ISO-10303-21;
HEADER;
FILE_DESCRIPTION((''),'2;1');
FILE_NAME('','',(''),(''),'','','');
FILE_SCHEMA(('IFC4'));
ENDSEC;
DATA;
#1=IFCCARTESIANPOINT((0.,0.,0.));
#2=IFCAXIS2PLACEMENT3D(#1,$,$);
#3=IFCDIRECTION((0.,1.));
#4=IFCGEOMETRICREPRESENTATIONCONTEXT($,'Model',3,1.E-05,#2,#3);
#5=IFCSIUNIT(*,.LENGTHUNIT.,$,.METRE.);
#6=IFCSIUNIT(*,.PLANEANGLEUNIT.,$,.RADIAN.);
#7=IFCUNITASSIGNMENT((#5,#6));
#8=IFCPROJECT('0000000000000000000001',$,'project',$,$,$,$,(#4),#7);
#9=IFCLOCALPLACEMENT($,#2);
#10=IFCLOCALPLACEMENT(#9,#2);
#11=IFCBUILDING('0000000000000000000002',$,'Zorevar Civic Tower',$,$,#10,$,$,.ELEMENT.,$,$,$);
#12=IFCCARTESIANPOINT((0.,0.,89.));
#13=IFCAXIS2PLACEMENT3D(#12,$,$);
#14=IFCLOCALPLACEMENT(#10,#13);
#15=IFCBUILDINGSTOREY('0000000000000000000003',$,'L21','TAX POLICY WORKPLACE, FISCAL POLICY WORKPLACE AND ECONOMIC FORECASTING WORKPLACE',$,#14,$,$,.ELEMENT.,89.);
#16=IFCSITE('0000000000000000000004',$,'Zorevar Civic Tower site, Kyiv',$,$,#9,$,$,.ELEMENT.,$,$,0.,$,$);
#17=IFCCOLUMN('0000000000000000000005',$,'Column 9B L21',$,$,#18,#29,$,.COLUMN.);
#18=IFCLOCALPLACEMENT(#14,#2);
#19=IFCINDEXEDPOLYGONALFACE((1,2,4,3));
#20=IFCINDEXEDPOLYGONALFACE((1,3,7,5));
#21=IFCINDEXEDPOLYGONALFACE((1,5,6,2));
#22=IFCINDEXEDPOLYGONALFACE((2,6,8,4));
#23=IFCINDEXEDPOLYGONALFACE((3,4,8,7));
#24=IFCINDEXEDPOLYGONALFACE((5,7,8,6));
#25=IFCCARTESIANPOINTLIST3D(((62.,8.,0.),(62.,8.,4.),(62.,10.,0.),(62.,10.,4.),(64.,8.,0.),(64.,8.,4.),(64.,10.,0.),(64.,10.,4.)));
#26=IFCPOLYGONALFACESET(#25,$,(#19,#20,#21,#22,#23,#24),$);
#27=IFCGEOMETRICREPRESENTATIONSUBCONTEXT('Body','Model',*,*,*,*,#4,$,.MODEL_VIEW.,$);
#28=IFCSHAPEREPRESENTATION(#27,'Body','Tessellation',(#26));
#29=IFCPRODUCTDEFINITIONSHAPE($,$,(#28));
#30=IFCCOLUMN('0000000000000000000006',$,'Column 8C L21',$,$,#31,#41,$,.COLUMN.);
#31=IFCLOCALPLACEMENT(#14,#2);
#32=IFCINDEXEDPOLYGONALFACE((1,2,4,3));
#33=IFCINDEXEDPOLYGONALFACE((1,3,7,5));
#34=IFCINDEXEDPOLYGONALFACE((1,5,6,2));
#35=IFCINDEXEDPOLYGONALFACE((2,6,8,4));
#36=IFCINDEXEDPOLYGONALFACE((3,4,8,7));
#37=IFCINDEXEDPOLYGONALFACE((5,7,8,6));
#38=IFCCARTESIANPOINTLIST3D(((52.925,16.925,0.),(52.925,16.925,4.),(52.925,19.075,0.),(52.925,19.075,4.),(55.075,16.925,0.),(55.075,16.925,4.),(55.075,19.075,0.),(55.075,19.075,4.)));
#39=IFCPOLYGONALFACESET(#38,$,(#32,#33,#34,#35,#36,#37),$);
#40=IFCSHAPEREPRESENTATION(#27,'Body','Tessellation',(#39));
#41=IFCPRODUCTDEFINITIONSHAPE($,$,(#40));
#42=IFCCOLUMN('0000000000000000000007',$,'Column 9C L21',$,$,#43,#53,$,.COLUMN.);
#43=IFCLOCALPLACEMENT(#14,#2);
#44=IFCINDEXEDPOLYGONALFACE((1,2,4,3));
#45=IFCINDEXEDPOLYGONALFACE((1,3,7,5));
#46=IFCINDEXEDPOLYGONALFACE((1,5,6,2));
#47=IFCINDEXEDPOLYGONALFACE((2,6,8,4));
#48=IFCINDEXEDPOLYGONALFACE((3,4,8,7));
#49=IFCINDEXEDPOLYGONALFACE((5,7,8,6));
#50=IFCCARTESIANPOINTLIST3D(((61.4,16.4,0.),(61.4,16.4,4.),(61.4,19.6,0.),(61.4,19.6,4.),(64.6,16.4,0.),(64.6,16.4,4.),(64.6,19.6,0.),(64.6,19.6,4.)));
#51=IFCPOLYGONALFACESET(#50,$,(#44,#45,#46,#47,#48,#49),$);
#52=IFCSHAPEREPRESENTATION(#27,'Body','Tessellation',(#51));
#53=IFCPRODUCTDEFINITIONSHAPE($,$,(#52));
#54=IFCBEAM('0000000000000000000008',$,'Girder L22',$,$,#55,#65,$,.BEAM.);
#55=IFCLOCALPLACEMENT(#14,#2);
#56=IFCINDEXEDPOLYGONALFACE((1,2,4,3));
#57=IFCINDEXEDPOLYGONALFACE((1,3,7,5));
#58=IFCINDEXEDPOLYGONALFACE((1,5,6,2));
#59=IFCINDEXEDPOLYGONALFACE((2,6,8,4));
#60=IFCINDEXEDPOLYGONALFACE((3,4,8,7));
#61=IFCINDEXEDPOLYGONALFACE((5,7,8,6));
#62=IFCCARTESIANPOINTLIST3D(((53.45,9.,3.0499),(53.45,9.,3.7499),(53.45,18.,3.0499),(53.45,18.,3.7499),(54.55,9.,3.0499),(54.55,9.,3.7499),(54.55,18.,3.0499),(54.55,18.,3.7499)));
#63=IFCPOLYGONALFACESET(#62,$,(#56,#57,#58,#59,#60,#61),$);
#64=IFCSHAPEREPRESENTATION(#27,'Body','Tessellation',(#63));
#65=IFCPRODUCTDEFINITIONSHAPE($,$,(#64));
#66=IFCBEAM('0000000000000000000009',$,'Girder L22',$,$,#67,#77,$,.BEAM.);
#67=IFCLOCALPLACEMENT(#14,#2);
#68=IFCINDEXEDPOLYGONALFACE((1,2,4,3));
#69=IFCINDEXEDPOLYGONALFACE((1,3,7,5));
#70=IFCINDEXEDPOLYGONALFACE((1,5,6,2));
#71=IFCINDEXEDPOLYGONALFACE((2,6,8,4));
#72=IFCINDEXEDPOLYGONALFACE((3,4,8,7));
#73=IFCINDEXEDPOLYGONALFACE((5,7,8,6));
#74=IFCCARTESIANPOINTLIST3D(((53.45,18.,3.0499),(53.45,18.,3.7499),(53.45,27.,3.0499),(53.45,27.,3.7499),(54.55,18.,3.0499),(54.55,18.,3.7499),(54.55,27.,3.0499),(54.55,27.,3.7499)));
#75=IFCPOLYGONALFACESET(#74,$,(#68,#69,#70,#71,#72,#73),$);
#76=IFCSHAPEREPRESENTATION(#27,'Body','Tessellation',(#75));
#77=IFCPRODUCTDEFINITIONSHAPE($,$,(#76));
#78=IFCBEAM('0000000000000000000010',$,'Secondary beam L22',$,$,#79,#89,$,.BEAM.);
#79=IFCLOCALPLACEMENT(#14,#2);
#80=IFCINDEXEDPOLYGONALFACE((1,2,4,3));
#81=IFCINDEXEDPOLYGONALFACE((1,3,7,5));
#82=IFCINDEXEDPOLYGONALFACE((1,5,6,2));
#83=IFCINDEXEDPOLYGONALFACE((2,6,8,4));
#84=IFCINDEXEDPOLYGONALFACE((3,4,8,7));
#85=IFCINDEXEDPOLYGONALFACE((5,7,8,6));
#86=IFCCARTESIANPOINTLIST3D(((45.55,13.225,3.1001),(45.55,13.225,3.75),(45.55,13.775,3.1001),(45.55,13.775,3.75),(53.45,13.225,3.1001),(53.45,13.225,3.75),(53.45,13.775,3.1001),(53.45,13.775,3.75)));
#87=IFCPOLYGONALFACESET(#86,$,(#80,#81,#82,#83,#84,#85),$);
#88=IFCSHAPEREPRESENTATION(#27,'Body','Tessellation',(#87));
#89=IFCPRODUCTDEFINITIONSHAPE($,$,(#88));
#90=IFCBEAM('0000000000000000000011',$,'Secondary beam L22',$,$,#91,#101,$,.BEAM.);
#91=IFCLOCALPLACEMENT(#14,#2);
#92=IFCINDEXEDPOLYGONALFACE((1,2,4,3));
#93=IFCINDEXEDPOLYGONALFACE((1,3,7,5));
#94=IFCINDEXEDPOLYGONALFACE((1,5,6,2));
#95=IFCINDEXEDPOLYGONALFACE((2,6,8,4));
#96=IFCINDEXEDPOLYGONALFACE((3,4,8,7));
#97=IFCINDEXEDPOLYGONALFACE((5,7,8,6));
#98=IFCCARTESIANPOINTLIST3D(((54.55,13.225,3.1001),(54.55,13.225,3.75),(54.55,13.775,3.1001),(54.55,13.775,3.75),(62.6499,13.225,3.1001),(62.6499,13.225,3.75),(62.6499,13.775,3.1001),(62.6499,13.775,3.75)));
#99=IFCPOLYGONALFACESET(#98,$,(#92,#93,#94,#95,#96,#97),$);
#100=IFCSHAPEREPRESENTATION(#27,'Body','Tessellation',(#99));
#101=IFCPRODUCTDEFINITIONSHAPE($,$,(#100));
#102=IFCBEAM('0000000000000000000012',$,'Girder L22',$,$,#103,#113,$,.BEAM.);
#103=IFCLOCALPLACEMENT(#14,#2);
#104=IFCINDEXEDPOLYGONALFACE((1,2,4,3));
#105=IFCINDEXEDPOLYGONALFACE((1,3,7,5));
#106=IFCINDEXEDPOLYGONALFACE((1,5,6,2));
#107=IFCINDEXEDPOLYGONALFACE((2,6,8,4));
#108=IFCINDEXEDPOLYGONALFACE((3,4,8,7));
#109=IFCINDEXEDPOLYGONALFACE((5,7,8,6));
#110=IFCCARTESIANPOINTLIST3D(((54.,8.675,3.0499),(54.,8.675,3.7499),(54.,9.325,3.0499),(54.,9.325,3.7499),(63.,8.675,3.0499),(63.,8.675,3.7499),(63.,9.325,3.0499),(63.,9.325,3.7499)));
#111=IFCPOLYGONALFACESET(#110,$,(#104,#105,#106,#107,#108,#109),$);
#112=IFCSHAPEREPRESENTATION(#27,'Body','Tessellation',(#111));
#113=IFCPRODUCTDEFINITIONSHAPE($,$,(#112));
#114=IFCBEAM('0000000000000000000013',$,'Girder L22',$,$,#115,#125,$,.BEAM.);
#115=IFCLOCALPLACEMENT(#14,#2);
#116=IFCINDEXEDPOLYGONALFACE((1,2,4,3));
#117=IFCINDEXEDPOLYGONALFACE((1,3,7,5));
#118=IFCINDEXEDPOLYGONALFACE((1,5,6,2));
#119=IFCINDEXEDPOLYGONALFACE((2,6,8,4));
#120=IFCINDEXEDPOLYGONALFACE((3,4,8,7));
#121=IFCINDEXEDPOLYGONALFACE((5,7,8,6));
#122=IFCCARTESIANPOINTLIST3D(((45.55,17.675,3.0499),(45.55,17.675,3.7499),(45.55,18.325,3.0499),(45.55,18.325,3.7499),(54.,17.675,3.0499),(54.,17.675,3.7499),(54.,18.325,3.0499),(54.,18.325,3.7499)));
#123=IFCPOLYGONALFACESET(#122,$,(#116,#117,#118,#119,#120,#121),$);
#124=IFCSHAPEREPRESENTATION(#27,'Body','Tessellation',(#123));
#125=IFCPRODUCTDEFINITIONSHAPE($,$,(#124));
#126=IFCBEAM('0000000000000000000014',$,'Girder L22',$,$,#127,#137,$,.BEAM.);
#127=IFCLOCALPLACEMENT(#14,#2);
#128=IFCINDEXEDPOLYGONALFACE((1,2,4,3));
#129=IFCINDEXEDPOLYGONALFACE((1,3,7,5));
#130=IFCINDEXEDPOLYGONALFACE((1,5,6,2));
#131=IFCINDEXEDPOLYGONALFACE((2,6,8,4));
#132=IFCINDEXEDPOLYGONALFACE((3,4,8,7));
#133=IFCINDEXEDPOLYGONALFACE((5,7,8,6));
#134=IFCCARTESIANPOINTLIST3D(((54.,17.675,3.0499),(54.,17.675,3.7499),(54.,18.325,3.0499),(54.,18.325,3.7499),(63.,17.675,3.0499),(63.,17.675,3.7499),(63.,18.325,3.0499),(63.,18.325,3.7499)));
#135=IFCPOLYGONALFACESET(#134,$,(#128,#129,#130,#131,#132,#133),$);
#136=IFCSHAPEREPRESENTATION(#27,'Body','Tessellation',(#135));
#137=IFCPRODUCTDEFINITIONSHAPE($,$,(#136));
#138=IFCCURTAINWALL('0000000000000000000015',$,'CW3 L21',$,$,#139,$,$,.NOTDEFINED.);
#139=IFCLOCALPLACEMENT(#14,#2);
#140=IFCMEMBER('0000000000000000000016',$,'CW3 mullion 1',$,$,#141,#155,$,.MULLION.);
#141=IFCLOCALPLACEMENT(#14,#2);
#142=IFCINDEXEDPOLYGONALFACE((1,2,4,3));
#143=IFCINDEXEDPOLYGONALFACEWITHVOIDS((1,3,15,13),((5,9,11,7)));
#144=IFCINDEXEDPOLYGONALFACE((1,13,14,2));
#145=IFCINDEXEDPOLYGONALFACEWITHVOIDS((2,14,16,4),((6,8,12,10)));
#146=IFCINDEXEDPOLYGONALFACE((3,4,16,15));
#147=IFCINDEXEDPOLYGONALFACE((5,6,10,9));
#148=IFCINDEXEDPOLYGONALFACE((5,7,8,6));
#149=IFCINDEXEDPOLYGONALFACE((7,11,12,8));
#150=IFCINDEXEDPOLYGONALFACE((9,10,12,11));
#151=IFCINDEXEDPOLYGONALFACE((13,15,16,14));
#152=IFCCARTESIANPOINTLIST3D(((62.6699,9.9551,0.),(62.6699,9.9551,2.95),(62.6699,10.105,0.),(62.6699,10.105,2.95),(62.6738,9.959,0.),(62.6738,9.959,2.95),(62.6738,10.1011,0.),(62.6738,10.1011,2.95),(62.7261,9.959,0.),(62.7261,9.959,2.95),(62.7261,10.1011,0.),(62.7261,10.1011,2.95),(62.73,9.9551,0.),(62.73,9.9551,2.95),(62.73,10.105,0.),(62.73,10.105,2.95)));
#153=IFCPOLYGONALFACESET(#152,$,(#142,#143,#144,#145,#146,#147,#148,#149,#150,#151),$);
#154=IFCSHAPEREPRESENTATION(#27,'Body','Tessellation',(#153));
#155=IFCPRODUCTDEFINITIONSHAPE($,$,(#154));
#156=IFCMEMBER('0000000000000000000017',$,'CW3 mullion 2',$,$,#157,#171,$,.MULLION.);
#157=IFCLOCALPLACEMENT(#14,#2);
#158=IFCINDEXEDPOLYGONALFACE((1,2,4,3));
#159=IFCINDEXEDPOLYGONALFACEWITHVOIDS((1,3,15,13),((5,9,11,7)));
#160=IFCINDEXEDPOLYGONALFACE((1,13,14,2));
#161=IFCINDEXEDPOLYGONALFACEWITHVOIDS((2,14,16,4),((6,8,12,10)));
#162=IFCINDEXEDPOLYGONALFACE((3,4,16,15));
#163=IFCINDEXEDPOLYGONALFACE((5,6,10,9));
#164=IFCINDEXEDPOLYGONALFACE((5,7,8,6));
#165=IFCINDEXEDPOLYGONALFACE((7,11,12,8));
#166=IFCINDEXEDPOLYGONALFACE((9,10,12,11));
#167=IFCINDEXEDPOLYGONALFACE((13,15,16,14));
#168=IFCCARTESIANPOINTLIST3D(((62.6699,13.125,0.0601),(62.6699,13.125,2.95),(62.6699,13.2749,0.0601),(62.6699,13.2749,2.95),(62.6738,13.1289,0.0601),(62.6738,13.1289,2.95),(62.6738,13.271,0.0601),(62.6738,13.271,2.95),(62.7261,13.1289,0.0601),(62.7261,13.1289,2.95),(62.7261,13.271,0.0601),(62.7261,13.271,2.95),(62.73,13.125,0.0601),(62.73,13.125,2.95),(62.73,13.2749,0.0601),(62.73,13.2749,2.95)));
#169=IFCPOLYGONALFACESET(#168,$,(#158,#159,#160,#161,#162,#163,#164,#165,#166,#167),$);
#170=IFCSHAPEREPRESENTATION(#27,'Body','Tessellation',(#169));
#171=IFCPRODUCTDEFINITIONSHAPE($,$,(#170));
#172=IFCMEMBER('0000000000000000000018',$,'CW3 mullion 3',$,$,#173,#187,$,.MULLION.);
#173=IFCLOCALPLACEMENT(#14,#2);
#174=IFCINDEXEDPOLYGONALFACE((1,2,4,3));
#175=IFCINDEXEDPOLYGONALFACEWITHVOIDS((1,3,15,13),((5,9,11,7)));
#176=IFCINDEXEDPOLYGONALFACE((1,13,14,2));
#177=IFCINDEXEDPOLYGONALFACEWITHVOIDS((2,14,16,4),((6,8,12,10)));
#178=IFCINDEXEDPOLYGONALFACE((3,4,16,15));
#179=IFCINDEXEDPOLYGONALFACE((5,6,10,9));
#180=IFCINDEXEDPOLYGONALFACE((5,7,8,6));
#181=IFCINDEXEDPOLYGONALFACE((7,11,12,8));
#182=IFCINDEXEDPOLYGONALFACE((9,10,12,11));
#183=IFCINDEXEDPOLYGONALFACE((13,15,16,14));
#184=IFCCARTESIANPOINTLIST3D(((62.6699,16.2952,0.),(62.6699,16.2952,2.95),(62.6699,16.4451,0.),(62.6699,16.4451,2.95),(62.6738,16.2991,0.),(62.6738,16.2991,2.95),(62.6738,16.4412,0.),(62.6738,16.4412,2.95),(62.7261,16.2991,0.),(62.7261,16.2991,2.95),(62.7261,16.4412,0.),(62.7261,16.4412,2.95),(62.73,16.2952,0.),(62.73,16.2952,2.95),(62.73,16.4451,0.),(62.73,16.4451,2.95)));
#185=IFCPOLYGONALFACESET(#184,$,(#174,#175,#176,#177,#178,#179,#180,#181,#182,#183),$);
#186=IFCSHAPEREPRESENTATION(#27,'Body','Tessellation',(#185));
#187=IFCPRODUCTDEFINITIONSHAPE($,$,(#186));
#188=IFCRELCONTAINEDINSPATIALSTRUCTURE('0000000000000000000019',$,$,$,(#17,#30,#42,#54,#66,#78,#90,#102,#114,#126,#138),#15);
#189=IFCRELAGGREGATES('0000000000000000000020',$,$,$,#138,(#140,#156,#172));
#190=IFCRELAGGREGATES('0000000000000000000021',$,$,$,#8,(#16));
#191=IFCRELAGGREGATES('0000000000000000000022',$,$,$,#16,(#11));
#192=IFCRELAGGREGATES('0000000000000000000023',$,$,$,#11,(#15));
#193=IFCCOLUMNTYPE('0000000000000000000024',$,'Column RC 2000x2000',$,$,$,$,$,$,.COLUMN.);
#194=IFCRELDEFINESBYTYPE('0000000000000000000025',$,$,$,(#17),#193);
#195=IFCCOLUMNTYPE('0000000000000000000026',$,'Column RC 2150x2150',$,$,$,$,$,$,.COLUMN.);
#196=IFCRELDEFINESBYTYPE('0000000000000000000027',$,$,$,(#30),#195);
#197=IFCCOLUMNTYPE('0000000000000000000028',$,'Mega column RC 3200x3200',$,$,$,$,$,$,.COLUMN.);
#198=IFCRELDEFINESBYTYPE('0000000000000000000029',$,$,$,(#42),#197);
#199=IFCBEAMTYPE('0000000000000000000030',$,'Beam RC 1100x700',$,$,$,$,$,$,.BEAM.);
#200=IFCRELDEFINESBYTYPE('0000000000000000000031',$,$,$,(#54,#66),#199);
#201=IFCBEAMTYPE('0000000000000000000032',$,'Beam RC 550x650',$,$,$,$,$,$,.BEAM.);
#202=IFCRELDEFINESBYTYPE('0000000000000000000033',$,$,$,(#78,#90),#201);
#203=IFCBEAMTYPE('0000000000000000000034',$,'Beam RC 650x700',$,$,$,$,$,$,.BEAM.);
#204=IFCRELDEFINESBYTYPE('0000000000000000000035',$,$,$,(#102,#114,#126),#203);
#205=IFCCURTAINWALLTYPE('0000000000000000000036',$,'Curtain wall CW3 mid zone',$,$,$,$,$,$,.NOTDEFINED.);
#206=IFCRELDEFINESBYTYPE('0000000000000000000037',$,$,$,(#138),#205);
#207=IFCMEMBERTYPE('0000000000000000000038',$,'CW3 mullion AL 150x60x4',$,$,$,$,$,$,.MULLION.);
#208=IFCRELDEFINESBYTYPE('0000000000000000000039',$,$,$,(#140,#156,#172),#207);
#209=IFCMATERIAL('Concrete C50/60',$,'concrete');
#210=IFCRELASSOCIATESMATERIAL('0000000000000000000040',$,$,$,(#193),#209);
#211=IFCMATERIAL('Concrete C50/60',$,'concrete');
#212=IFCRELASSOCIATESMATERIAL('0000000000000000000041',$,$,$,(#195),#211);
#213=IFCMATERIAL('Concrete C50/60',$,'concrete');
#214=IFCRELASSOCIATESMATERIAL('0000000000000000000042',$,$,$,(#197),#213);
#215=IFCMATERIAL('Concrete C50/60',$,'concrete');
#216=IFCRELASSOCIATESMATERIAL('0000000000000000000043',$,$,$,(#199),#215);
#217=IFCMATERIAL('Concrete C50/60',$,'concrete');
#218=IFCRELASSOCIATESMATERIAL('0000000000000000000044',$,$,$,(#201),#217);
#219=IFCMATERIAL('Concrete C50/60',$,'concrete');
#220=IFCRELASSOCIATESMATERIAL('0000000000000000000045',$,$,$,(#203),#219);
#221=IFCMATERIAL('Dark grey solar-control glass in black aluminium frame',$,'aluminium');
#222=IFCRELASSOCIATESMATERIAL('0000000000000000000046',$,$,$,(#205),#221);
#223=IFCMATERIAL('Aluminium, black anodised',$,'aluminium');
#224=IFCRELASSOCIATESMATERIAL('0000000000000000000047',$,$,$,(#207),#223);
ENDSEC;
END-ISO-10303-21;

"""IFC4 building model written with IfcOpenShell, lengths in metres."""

from ifc_helpers import new_model, si_unit, direction, frame, origin, origin_2d, place, context, subcontext, project, spatial, rectangle, hollow_rectangle, extrude, material, material_profile, profile_set, type_object, element, aggregate, save


model = new_model("IFC4")

# Units and contexts
model_context = context("Model", 3, precision=1e-05, world=origin(), true_north=direction((0.0, 1.0)))
body_context = subcontext(model_context, "Body", "Model", "MODEL_VIEW")
ifc_project = project(units=[si_unit("LENGTHUNIT", "METRE"), si_unit("PLANEANGLEUNIT", "RADIAN")], contexts=[model_context])

# Site, building, storey
site_placement = place(None, origin())
site = spatial("IfcSite", under=ifc_project, at=site_placement, Name="Zorevar Civic Tower site, Kyiv", CompositionType="ELEMENT", RefElevation=0.0)
building_placement = place(site_placement, origin())
building = spatial("IfcBuilding", under=site, at=building_placement, Name="Zorevar Civic Tower", CompositionType="ELEMENT")
storey_placement = place(building_placement, frame((0.0, 0.0, 89.0)))
storey = spatial("IfcBuildingStorey", under=building, at=storey_placement, Name="L21", Description="TAX POLICY WORKPLACE, FISCAL POLICY WORKPLACE AND ECONOMIC FORECASTING WORKPLACE", CompositionType="ELEMENT", Elevation=89.0)

# Columns
ifc_material_1 = material(Name="Concrete C50/60", Category="concrete")
ifc_material_profile_1 = material_profile(ifc_material_1, rectangle(XDim=2.0, YDim=2.0, at=origin_2d()), Name="RC 2000x2000")
ifc_profile_set_1 = profile_set([ifc_material_profile_1], Name="Concrete C50/60")
column_type_1 = type_object("IfcColumnType", Name="Column RC 2000x2000", PredefinedType="COLUMN", material=ifc_profile_set_1)
column_1_placement = place(storey_placement, frame((63.0, 9.0, 0.0), z_axis=(0.0, 0.0, 1.0), x_axis=(1.0, 0.0, 0.0)))
element("IfcColumn", 1, at=column_1_placement, inside=storey, type_object=column_type_1, Name="Column 9B L21", PredefinedType="COLUMN", context=body_context, shape_type="SweptSolid", body=[
    extrude(rectangle(XDim=2.0, YDim=2.0, at=origin_2d()), origin(), (0.0, 0.0, 1.0), 4.0),
])
ifc_material_2 = material(Name="Concrete C50/60", Category="concrete")
ifc_material_profile_2 = material_profile(ifc_material_2, rectangle(XDim=2.1499, YDim=2.1499, at=origin_2d()), Name="RC 2150x2150")
ifc_profile_set_2 = profile_set([ifc_material_profile_2], Name="Concrete C50/60")
column_type_2 = type_object("IfcColumnType", Name="Column RC 2150x2150", PredefinedType="COLUMN", material=ifc_profile_set_2)
column_2_placement = place(storey_placement, frame((54.0, 18.0, 0.0), z_axis=(0.0, 0.0, 1.0), x_axis=(1.0, 0.0, 0.0)))
element("IfcColumn", 2, at=column_2_placement, inside=storey, type_object=column_type_2, Name="Column 8C L21", PredefinedType="COLUMN", context=body_context, shape_type="SweptSolid", body=[
    extrude(rectangle(XDim=2.1499, YDim=2.1499, at=origin_2d()), origin(), (0.0, 0.0, 1.0), 4.0),
])
ifc_material_3 = material(Name="Concrete C50/60", Category="concrete")
ifc_material_profile_3 = material_profile(ifc_material_3, rectangle(XDim=3.2, YDim=3.2, at=origin_2d()), Name="RC 3200x3200")
ifc_profile_set_3 = profile_set([ifc_material_profile_3], Name="Concrete C50/60")
column_type_3 = type_object("IfcColumnType", Name="Mega column RC 3200x3200", PredefinedType="COLUMN", material=ifc_profile_set_3)
column_3_placement = place(storey_placement, frame((63.0, 18.0, 0.0), z_axis=(0.0, 0.0, 1.0), x_axis=(1.0, 0.0, 0.0)))
element("IfcColumn", 3, at=column_3_placement, inside=storey, type_object=column_type_3, Name="Column 9C L21", PredefinedType="COLUMN", context=body_context, shape_type="SweptSolid", body=[
    extrude(rectangle(XDim=3.2, YDim=3.2, at=origin_2d()), origin(), (0.0, 0.0, 1.0), 4.0),
])

# Beams
ifc_material_4 = material(Name="Concrete C50/60", Category="concrete")
ifc_material_profile_4 = material_profile(ifc_material_4, rectangle(XDim=1.1001, YDim=0.7, at=origin_2d()), Name="RC 1100x700")
ifc_profile_set_4 = profile_set([ifc_material_profile_4], Name="Concrete C50/60")
beam_type_1 = type_object("IfcBeamType", Name="Beam RC 1100x700", PredefinedType="BEAM", material=ifc_profile_set_4)
for number, where, z_axis, x_axis, name in (
    (4, (54.0, 9.0, 3.3999), (0.0, 1.0, 0.0), (-1.0, 0.0, 0.0), "Girder L22"),
    (5, (54.0, 18.0, 3.3999), (0.0, 1.0, 0.0), (-1.0, 0.0, 0.0), "Girder L22"),
):
    element("IfcBeam", number, at=place(storey_placement, frame(where, z_axis=z_axis, x_axis=x_axis)), inside=storey, type_object=beam_type_1, Name=name, PredefinedType="BEAM", context=body_context, shape_type="SweptSolid", body=[
        extrude(rectangle(XDim=1.1001, YDim=0.7, at=origin_2d()), origin(), (0.0, 0.0, 1.0), 9.0),
    ])
ifc_material_5 = material(Name="Concrete C50/60", Category="concrete")
ifc_material_profile_5 = material_profile(ifc_material_5, rectangle(XDim=0.55, YDim=0.6499, at=origin_2d()), Name="RC 550x650")
ifc_profile_set_5 = profile_set([ifc_material_profile_5], Name="Concrete C50/60")
beam_type_2 = type_object("IfcBeamType", Name="Beam RC 550x650", PredefinedType="BEAM", material=ifc_profile_set_5)
beam_1_placement = place(storey_placement, frame((45.55, 13.5, 3.425), z_axis=(1.0, 0.0, 0.0), x_axis=(0.0, 1.0, 0.0)))
element("IfcBeam", 6, at=beam_1_placement, inside=storey, type_object=beam_type_2, Name="Secondary beam L22", PredefinedType="BEAM", context=body_context, shape_type="SweptSolid", body=[
    extrude(rectangle(XDim=0.55, YDim=0.6499, at=origin_2d()), origin(), (0.0, 0.0, 1.0), 7.8999),
])
beam_2_placement = place(storey_placement, frame((54.55, 13.5, 3.425), z_axis=(1.0, 0.0, 0.0), x_axis=(0.0, 1.0, 0.0)))
element("IfcBeam", 7, at=beam_2_placement, inside=storey, type_object=beam_type_2, Name="Secondary beam L22", PredefinedType="BEAM", context=body_context, shape_type="SweptSolid", body=[
    extrude(rectangle(XDim=0.55, YDim=0.6499, at=origin_2d()), origin(), (0.0, 0.0, 1.0), 8.0999),
])
ifc_material_6 = material(Name="Concrete C50/60", Category="concrete")
ifc_material_profile_6 = material_profile(ifc_material_6, rectangle(XDim=0.6499, YDim=0.7, at=origin_2d()), Name="RC 650x700")
ifc_profile_set_6 = profile_set([ifc_material_profile_6], Name="Concrete C50/60")
beam_type_3 = type_object("IfcBeamType", Name="Beam RC 650x700", PredefinedType="BEAM", material=ifc_profile_set_6)
beam_3_placement = place(storey_placement, frame((54.0, 9.0, 3.3999), z_axis=(1.0, 0.0, 0.0), x_axis=(0.0, 1.0, 0.0)))
element("IfcBeam", 8, at=beam_3_placement, inside=storey, type_object=beam_type_3, Name="Girder L22", PredefinedType="BEAM", context=body_context, shape_type="SweptSolid", body=[
    extrude(rectangle(XDim=0.6499, YDim=0.7, at=origin_2d()), origin(), (0.0, 0.0, 1.0), 9.0),
])
beam_4_placement = place(storey_placement, frame((45.55, 18.0, 3.3999), z_axis=(1.0, 0.0, 0.0), x_axis=(0.0, 1.0, 0.0)))
element("IfcBeam", 9, at=beam_4_placement, inside=storey, type_object=beam_type_3, Name="Girder L22", PredefinedType="BEAM", context=body_context, shape_type="SweptSolid", body=[
    extrude(rectangle(XDim=0.6499, YDim=0.7, at=origin_2d()), origin(), (0.0, 0.0, 1.0), 8.45),
])
beam_5_placement = place(storey_placement, frame((54.0, 18.0, 3.3999), z_axis=(1.0, 0.0, 0.0), x_axis=(0.0, 1.0, 0.0)))
element("IfcBeam", 10, at=beam_5_placement, inside=storey, type_object=beam_type_3, Name="Girder L22", PredefinedType="BEAM", context=body_context, shape_type="SweptSolid", body=[
    extrude(rectangle(XDim=0.6499, YDim=0.7, at=origin_2d()), origin(), (0.0, 0.0, 1.0), 9.0),
])

# Curtain wall, members
ifc_material_7 = material(Name="Dark grey solar-control glass in black aluminium frame", Category="aluminium")
curtain_wall_type = type_object("IfcCurtainWallType", Name="Curtain wall CW3 mid zone", PredefinedType="NOTDEFINED", material=ifc_material_7)
curtain_wall_1_placement = place(storey_placement, origin())
curtain_wall_1 = element("IfcCurtainWall", 11, at=curtain_wall_1_placement, inside=storey, type_object=curtain_wall_type, Name="CW3 L21", PredefinedType="NOTDEFINED")
ifc_material_8 = material(Name="Aluminium, black anodised", Category="aluminium")
ifc_material_profile_7 = material_profile(ifc_material_8, hollow_rectangle(XDim=0.0601, YDim=0.1499, WallThickness=0.0039, at=origin_2d()), Name="AL 150x60x4")
ifc_profile_set_7 = profile_set([ifc_material_profile_7], Name="Aluminium, black anodised")
member_type_1 = type_object("IfcMemberType", Name="CW3 mullion AL 150x60x4", PredefinedType="MULLION", material=ifc_profile_set_7)
member_1_placement = place(storey_placement, frame((62.7, 10.03, 0.0), z_axis=(0.0, 0.0, 1.0), x_axis=(-1.0, 0.0, 0.0)))
member_1 = element("IfcMember", 12, at=member_1_placement, type_object=member_type_1, Name="CW3 mullion 1", PredefinedType="MULLION", context=body_context, shape_type="SweptSolid", body=[
    extrude(hollow_rectangle(XDim=0.0601, YDim=0.1499, WallThickness=0.0039, at=origin_2d()), origin(), (0.0, 0.0, 1.0), 2.95),
])
member_2_placement = place(storey_placement, frame((62.7, 13.2, 0.0601), z_axis=(0.0, 0.0, 1.0), x_axis=(-1.0, 0.0, 0.0)))
member_2 = element("IfcMember", 13, at=member_2_placement, type_object=member_type_1, Name="CW3 mullion 2", PredefinedType="MULLION", context=body_context, shape_type="SweptSolid", body=[
    extrude(hollow_rectangle(XDim=0.0601, YDim=0.1499, WallThickness=0.0039, at=origin_2d()), origin(), (0.0, 0.0, 1.0), 2.8899),
])
member_3_placement = place(storey_placement, frame((62.7, 16.3701, 0.0), z_axis=(0.0, 0.0, 1.0), x_axis=(-1.0, 0.0, 0.0)))
member_3 = element("IfcMember", 14, at=member_3_placement, type_object=member_type_1, Name="CW3 mullion 3", PredefinedType="MULLION", context=body_context, shape_type="SweptSolid", body=[
    extrude(hollow_rectangle(XDim=0.0601, YDim=0.1499, WallThickness=0.0039, at=origin_2d()), origin(), (0.0, 0.0, 1.0), 2.95),
])

aggregate(curtain_wall_1, [member_1, member_2, member_3])

save(model, "model.ifc")
